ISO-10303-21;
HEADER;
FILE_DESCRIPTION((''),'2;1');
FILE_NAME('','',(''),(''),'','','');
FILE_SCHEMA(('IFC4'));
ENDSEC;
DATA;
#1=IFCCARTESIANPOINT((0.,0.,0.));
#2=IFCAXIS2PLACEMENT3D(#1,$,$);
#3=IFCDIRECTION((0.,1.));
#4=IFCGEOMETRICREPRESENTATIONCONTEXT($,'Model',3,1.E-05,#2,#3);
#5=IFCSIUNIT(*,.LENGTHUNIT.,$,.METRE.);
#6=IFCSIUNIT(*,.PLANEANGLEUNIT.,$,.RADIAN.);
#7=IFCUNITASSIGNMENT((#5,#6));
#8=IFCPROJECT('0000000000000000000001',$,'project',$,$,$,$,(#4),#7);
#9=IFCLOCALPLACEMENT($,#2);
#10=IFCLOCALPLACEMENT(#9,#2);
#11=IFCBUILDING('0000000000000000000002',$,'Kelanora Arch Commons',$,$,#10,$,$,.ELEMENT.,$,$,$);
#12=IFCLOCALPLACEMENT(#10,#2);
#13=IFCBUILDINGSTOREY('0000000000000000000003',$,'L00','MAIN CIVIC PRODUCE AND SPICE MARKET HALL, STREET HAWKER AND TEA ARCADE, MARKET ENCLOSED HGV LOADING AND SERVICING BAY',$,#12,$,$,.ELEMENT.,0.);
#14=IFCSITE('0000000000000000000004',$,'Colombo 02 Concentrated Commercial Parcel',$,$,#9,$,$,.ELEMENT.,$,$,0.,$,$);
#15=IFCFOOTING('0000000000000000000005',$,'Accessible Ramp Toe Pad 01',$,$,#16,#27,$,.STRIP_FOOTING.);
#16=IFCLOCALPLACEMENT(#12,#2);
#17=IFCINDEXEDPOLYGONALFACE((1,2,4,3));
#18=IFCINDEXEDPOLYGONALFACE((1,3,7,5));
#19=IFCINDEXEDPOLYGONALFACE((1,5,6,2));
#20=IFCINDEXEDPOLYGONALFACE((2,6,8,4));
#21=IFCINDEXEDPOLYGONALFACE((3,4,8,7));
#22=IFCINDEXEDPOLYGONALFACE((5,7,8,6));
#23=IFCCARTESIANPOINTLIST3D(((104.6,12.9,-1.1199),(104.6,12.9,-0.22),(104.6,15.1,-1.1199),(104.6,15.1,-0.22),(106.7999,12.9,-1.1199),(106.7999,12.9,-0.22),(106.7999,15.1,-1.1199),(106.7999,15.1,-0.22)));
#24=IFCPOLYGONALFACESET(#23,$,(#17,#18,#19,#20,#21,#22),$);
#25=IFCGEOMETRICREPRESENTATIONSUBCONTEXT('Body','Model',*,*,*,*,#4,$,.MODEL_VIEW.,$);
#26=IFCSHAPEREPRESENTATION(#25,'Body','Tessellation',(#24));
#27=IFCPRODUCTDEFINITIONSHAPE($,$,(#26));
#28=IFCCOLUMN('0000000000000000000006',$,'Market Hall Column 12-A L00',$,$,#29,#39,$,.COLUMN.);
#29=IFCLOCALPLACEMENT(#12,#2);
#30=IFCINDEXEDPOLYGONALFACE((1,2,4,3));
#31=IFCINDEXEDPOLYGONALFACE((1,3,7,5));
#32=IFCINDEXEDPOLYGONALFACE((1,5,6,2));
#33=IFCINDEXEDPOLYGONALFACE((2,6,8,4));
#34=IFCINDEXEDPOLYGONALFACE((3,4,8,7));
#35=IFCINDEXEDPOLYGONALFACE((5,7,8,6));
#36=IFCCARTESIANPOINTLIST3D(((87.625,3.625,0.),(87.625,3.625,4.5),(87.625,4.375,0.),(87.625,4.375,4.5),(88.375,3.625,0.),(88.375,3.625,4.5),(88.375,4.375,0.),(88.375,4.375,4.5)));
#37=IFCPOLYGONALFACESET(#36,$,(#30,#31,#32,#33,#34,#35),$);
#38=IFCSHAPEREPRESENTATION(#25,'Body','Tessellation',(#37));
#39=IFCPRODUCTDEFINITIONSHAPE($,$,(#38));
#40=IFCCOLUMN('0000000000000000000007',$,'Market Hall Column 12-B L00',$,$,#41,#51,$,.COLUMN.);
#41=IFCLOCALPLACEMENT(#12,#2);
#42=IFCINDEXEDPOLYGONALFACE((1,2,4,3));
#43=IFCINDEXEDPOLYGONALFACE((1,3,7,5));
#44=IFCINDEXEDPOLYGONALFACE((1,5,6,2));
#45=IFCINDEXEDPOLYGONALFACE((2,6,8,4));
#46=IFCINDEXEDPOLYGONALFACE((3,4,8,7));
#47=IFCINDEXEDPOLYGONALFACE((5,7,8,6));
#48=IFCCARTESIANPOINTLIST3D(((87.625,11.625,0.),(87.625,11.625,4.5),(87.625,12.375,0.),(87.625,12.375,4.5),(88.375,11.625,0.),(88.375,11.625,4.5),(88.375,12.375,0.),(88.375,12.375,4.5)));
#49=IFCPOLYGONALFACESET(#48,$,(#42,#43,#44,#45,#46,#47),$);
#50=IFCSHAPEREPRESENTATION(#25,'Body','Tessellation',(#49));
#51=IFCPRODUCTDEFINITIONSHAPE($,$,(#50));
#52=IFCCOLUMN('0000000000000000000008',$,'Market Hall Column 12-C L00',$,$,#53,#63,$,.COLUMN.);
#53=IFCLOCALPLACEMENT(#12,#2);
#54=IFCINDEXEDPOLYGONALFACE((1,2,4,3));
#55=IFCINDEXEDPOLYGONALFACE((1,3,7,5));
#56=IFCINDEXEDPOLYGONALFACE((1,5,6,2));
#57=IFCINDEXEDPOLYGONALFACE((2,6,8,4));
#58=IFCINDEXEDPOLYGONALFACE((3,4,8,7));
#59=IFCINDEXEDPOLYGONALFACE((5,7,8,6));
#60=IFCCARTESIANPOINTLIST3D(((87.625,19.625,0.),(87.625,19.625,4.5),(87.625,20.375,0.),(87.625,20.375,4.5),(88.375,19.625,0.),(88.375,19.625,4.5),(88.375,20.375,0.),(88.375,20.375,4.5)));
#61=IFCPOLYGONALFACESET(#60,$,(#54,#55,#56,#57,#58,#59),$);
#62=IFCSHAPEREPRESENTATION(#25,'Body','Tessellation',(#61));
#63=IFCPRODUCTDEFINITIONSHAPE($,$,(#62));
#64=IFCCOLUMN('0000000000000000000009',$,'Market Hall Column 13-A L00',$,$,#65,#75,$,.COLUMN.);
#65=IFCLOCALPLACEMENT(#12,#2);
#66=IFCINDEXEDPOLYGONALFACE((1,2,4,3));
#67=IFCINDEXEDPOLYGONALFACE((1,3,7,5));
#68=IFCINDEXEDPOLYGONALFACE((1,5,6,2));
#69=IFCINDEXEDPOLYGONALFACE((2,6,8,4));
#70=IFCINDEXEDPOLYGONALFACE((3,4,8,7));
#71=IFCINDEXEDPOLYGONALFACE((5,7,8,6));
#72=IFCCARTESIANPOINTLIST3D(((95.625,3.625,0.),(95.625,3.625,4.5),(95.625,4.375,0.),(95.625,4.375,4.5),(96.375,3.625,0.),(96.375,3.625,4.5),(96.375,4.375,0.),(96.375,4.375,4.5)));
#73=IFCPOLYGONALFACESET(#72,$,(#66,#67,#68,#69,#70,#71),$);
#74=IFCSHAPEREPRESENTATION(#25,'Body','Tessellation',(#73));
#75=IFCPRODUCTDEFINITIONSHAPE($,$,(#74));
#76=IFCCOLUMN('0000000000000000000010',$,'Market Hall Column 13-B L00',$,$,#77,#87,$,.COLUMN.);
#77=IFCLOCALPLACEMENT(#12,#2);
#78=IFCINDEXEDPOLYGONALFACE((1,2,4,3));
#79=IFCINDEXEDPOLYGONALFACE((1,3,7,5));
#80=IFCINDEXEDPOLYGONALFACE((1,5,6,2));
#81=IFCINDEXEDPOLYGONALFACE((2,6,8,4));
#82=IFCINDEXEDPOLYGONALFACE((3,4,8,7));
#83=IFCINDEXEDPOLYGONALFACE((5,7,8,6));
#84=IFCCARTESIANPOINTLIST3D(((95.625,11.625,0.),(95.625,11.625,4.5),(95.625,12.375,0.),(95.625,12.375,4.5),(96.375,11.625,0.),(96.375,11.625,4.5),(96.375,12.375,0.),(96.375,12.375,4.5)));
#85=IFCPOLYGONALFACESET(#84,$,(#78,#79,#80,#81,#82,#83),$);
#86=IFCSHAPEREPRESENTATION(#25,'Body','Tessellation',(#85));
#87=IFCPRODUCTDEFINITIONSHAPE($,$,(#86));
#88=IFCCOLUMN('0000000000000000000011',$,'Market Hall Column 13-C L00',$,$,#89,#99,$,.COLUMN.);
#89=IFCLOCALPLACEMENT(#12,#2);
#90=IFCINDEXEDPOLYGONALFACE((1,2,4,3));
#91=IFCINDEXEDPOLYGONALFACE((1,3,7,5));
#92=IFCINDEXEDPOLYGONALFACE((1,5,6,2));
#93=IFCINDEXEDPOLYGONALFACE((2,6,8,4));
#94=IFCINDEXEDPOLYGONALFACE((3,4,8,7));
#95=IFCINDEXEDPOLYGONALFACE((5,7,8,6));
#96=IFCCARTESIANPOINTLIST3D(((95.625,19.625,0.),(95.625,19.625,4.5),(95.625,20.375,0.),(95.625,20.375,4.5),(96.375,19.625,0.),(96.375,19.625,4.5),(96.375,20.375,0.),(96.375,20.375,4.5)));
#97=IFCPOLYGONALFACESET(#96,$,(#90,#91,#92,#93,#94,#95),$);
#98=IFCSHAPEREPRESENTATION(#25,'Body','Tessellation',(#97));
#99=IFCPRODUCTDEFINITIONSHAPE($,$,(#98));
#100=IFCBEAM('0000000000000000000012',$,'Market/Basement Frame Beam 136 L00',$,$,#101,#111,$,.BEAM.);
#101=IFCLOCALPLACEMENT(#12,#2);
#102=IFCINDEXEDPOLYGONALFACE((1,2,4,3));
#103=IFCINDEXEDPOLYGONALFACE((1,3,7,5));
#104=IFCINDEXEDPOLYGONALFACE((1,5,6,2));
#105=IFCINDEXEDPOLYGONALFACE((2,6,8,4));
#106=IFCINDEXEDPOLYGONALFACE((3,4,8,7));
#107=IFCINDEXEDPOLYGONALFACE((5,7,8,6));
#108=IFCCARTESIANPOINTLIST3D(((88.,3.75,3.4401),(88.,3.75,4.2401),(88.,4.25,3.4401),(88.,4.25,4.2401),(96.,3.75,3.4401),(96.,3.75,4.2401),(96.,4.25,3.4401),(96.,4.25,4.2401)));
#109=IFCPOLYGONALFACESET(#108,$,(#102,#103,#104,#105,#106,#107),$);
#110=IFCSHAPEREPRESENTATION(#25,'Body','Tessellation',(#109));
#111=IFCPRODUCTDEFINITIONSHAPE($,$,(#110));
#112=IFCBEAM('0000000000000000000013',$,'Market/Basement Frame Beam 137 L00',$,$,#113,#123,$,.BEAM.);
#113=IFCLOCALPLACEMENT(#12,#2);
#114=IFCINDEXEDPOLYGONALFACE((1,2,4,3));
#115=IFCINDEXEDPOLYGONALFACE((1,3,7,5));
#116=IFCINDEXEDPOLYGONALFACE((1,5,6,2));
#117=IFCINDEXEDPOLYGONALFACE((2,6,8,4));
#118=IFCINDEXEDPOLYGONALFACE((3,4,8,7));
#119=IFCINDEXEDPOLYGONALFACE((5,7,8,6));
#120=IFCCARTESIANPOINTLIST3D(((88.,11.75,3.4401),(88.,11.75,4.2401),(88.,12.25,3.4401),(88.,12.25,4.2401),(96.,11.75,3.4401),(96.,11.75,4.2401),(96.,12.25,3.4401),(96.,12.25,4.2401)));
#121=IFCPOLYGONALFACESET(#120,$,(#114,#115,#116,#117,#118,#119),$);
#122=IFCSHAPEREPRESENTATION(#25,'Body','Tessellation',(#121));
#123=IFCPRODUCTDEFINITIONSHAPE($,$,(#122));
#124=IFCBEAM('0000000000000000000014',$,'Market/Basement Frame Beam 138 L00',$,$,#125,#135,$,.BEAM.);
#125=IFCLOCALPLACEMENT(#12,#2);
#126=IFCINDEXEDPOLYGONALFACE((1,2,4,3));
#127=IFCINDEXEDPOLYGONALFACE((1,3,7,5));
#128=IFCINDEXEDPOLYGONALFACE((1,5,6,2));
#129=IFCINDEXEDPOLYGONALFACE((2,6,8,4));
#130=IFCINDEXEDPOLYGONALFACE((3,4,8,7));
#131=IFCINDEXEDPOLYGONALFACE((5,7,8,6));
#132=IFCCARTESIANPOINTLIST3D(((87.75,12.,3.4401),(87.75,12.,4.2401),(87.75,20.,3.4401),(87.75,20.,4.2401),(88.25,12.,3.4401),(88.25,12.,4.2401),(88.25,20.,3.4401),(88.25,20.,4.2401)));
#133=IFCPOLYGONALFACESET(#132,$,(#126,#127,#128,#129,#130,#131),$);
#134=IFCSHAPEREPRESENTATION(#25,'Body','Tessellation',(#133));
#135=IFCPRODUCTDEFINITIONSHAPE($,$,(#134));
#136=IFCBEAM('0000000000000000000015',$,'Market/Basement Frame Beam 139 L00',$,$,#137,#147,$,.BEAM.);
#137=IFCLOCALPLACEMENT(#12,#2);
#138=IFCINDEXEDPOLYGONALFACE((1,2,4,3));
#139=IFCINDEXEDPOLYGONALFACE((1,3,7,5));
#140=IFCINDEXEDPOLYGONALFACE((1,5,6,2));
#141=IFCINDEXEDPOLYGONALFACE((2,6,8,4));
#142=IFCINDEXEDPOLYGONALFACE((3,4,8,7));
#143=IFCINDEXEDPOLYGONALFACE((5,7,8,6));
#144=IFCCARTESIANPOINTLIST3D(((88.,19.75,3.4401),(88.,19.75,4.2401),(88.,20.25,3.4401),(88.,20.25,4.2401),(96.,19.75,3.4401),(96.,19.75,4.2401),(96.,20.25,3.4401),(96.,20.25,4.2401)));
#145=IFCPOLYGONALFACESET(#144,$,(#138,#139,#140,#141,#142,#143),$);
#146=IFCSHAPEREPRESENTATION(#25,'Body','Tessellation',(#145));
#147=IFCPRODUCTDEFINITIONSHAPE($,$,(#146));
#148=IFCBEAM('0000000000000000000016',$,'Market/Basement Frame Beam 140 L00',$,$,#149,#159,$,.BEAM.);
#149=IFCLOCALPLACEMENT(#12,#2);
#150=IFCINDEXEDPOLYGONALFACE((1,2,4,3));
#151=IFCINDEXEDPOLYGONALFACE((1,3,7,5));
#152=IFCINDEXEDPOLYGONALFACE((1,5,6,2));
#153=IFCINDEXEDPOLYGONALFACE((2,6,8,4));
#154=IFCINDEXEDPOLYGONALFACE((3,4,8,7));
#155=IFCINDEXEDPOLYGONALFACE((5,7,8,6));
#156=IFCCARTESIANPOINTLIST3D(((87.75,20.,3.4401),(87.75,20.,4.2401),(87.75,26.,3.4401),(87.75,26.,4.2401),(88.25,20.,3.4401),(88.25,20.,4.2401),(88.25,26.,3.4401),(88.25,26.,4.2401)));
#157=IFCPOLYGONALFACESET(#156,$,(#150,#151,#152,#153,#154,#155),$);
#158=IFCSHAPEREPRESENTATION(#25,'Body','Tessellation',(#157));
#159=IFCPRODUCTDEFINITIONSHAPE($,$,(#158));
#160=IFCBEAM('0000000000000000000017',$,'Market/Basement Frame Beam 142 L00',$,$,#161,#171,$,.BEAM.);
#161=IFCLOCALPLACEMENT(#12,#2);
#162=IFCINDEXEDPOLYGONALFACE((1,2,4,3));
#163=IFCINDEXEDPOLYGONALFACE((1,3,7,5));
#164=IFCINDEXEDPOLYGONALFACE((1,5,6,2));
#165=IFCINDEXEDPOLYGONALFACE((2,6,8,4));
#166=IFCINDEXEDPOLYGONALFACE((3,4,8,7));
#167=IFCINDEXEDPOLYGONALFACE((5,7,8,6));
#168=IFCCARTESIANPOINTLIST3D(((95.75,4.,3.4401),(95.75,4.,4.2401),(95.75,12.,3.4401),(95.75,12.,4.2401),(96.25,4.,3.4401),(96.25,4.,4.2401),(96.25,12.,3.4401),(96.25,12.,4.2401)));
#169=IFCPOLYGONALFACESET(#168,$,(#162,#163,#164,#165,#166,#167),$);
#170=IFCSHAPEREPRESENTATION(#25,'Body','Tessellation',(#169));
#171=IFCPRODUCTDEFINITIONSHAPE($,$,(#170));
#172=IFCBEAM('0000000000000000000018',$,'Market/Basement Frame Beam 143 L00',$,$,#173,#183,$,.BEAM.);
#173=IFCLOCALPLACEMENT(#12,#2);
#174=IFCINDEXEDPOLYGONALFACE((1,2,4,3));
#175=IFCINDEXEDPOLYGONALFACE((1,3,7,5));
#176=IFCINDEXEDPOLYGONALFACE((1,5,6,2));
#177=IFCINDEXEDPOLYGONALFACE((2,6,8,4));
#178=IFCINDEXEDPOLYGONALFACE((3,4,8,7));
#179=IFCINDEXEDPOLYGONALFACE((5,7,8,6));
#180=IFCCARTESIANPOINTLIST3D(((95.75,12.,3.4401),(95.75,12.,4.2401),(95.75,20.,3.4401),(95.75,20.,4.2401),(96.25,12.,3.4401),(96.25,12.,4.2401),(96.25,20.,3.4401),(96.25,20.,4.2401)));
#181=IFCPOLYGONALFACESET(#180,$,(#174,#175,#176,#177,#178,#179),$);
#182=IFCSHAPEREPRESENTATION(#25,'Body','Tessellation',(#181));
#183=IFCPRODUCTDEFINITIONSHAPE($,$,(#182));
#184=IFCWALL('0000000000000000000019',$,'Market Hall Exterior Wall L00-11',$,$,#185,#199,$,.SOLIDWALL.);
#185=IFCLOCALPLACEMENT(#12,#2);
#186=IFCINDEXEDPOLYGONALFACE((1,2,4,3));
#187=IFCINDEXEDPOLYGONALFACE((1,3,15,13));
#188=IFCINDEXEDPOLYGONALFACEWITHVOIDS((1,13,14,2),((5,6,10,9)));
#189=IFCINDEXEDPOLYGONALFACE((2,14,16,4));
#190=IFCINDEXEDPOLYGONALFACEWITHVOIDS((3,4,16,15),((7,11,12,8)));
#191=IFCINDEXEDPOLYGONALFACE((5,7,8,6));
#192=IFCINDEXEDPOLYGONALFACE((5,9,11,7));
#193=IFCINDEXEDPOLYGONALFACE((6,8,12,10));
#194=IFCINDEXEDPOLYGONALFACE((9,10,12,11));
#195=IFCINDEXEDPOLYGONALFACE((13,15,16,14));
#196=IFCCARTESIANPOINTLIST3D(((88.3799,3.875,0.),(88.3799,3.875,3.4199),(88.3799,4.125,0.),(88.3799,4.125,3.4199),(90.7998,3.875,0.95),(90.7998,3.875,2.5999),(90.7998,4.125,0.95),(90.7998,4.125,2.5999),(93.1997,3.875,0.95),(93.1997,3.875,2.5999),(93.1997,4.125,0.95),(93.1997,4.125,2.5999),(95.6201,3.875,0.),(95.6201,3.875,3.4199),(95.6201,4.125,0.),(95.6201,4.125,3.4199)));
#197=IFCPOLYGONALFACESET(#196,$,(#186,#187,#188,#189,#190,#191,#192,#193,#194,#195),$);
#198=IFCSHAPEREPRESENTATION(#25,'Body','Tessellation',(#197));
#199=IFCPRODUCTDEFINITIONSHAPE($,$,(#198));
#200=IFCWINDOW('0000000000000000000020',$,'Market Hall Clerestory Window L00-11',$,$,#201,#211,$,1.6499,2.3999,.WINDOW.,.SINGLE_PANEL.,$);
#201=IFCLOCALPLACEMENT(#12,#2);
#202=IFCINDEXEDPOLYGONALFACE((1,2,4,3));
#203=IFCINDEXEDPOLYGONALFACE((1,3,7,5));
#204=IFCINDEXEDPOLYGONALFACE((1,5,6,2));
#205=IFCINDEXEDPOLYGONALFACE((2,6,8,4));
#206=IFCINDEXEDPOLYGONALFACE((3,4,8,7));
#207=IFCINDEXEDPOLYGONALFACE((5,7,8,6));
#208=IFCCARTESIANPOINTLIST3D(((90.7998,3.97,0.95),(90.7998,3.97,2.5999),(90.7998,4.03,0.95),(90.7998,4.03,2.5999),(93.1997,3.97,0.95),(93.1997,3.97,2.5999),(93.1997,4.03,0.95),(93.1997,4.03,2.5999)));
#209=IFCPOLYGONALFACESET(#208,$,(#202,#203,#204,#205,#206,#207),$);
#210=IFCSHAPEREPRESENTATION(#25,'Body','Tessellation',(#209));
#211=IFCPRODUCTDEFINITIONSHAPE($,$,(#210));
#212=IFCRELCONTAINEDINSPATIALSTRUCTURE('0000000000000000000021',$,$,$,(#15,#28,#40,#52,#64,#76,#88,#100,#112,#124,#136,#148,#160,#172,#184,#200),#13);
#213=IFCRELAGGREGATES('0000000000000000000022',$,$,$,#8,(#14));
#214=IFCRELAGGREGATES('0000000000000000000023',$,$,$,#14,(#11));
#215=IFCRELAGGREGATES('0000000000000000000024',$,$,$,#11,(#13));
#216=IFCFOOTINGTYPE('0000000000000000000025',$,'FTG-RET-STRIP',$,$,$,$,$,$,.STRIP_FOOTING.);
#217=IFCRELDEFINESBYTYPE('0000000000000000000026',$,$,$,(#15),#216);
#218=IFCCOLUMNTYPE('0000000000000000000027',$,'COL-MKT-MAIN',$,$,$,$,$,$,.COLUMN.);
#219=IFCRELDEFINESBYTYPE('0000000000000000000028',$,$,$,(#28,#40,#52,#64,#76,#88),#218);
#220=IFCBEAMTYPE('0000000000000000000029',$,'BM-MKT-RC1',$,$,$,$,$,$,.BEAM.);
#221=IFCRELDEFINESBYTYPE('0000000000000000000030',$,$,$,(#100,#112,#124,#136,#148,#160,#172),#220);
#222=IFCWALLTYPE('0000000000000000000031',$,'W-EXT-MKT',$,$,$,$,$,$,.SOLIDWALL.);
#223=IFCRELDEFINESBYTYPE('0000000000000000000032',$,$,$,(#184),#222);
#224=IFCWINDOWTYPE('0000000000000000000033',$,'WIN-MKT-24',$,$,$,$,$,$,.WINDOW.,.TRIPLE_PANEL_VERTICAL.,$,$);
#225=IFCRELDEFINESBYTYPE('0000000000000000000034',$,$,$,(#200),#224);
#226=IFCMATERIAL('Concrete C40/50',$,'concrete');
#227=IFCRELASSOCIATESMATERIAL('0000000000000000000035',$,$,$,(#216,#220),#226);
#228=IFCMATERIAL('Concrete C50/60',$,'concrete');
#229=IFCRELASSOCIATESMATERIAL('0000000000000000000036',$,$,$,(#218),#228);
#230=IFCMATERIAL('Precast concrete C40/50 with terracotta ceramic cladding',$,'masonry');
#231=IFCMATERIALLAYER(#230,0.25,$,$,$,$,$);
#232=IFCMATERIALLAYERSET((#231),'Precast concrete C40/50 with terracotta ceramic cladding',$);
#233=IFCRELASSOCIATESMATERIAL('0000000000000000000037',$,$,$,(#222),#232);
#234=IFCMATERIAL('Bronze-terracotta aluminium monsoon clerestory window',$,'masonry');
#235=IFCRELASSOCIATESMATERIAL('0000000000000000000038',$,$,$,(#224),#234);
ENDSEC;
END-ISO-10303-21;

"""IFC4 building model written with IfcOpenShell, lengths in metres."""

from ifc_helpers import new_model, si_unit, direction, frame, frame_2d, origin, origin_2d, place, context, subcontext, project, spatial, rectangle, extrude, source, transform, mapped, material, layer, layer_set, material_profile, profile_set, type_object, element, fill, save


model = new_model("IFC4")

# Units and contexts
model_context = context("Model", 3, precision=1e-05, world=origin(), true_north=direction((0.0, 1.0)))
body_context = subcontext(model_context, "Body", "Model", "MODEL_VIEW")
ifc_project = project(units=[si_unit("LENGTHUNIT", "METRE"), si_unit("PLANEANGLEUNIT", "RADIAN")], contexts=[model_context])

# Site, building, storey
site_placement = place(None, origin())
site = spatial("IfcSite", under=ifc_project, at=site_placement, Name="Colombo 02 Concentrated Commercial Parcel", CompositionType="ELEMENT", RefElevation=0.0)
building_placement = place(site_placement, origin())
building = spatial("IfcBuilding", under=site, at=building_placement, Name="Kelanora Arch Commons", CompositionType="ELEMENT")
storey_placement = place(building_placement, origin())
storey = spatial("IfcBuildingStorey", under=building, at=storey_placement, Name="L00", Description="MAIN CIVIC PRODUCE AND SPICE MARKET HALL, STREET HAWKER AND TEA ARCADE, MARKET ENCLOSED HGV LOADING AND SERVICING BAY", CompositionType="ELEMENT", Elevation=0.0)

# Footing
ifc_material_1 = material(Name="Concrete C40/50", Category="concrete")
footing_type = type_object("IfcFootingType", Name="FTG-RET-STRIP", PredefinedType="STRIP_FOOTING", material=ifc_material_1)
shared_shape = source(origin(), body_context, "Body", "SweptSolid", [
    extrude(rectangle(XDim=2.2, YDim=2.2, at=origin_2d()), origin(), (0.0, 0.0, 1.0), 0.8999),
])
footing_placement = place(storey_placement, frame((105.7, 14.0, -1.1199), z_axis=(0.0, 0.0, 1.0), x_axis=(1.0, 0.0, 0.0)))
element("IfcFooting", 1, at=footing_placement, inside=storey, type_object=footing_type, Name="Accessible Ramp Toe Pad 01", PredefinedType="STRIP_FOOTING", context=body_context, shape_type="MappedRepresentation", body=[
    mapped(shared_shape, transform((0.0, 0.0, 0.0), scale=1.0)),
])

# Columns
ifc_material_2 = material(Name="Concrete C50/60", Category="concrete")
ifc_material_profile_1 = material_profile(ifc_material_2, rectangle(XDim=0.75, YDim=0.75, at=origin_2d()), Name="RC750x750")
ifc_profile_set_1 = profile_set([ifc_material_profile_1], Name="Concrete C50/60")
column_type = type_object("IfcColumnType", Name="COL-MKT-MAIN", PredefinedType="COLUMN", material=ifc_profile_set_1)
for number, where, z_axis, x_axis, name in (
    (2, (88.0, 4.0, 0.0), (0.0, 0.0, 1.0), (1.0, 0.0, 0.0), "Market Hall Column 12-A L00"),
    (3, (88.0, 12.0, 0.0), (0.0, 0.0, 1.0), (1.0, 0.0, 0.0), "Market Hall Column 12-B L00"),
    (4, (88.0, 20.0, 0.0), (0.0, 0.0, 1.0), (1.0, 0.0, 0.0), "Market Hall Column 12-C L00"),
    (5, (96.0, 4.0, 0.0), (0.0, 0.0, 1.0), (1.0, 0.0, 0.0), "Market Hall Column 13-A L00"),
    (6, (96.0, 12.0, 0.0), (0.0, 0.0, 1.0), (1.0, 0.0, 0.0), "Market Hall Column 13-B L00"),
    (7, (96.0, 20.0, 0.0), (0.0, 0.0, 1.0), (1.0, 0.0, 0.0), "Market Hall Column 13-C L00"),
):
    element("IfcColumn", number, at=place(storey_placement, frame(where, z_axis=z_axis, x_axis=x_axis)), inside=storey, type_object=column_type, Name=name, PredefinedType="COLUMN", context=body_context, shape_type="SweptSolid", body=[
        extrude(rectangle(XDim=0.75, YDim=0.75, at=origin_2d()), origin(), (0.0, 0.0, 1.0), 4.5),
    ])

# Beams
ifc_material_profile_2 = material_profile(ifc_material_1, rectangle(XDim=0.5, YDim=0.8, at=origin_2d()), Name="RCB500x800")
ifc_profile_set_2 = profile_set([ifc_material_profile_2], Name="Concrete C40/50")
beam_type = type_object("IfcBeamType", Name="BM-MKT-RC1", PredefinedType="BEAM", material=ifc_profile_set_2)
for number, where, z_axis, x_axis, name in (
    (8, (88.0, 4.0, 3.8401), (1.0, 0.0, 0.0), (0.0, 1.0, 0.0), "Market/Basement Frame Beam 136 L00"),
    (9, (88.0, 12.0, 3.8401), (1.0, 0.0, 0.0), (0.0, 1.0, 0.0), "Market/Basement Frame Beam 137 L00"),
    (10, (88.0, 12.0, 3.8401), (0.0, 1.0, 0.0), (-1.0, 0.0, 0.0), "Market/Basement Frame Beam 138 L00"),
    (11, (88.0, 20.0, 3.8401), (1.0, 0.0, 0.0), (0.0, 1.0, 0.0), "Market/Basement Frame Beam 139 L00"),
):
    element("IfcBeam", number, at=place(storey_placement, frame(where, z_axis=z_axis, x_axis=x_axis)), inside=storey, type_object=beam_type, Name=name, PredefinedType="BEAM", context=body_context, shape_type="SweptSolid", body=[
        extrude(rectangle(XDim=0.5, YDim=0.8, at=origin_2d()), origin(), (0.0, 0.0, 1.0), 8.0),
    ])
beam_placement = place(storey_placement, frame((88.0, 20.0, 3.8401), z_axis=(0.0, 1.0, 0.0), x_axis=(-1.0, 0.0, 0.0)))
element("IfcBeam", 12, at=beam_placement, inside=storey, type_object=beam_type, Name="Market/Basement Frame Beam 140 L00", PredefinedType="BEAM", context=body_context, shape_type="SweptSolid", body=[
    extrude(rectangle(XDim=0.5, YDim=0.8, at=origin_2d()), origin(), (0.0, 0.0, 1.0), 6.0),
])
for number, where, z_axis, x_axis, name in (
    (13, (96.0, 4.0, 3.8401), (0.0, 1.0, 0.0), (-1.0, 0.0, 0.0), "Market/Basement Frame Beam 142 L00"),
    (14, (96.0, 12.0, 3.8401), (0.0, 1.0, 0.0), (-1.0, 0.0, 0.0), "Market/Basement Frame Beam 143 L00"),
):
    element("IfcBeam", number, at=place(storey_placement, frame(where, z_axis=z_axis, x_axis=x_axis)), inside=storey, type_object=beam_type, Name=name, PredefinedType="BEAM", context=body_context, shape_type="SweptSolid", body=[
        extrude(rectangle(XDim=0.5, YDim=0.8, at=origin_2d()), origin(), (0.0, 0.0, 1.0), 8.0),
    ])

# Wall, opening, window
ifc_material_3 = material(Name="Precast concrete C40/50 with terracotta ceramic cladding", Category="masonry")
ifc_layer_1 = layer(ifc_material_3, 0.25)
ifc_layer_set_1 = layer_set([ifc_layer_1], Name="Precast concrete C40/50 with terracotta ceramic cladding")
wall_type_1 = type_object("IfcWallType", Name="W-EXT-MKT", PredefinedType="SOLIDWALL", material=ifc_layer_set_1)
wall_1_placement = place(storey_placement, frame((88.3799, 4.0, 0.0), z_axis=(0.0, 0.0, 1.0), x_axis=(1.0, 0.0, 0.0)))
wall_1 = element("IfcWall", 15, at=wall_1_placement, inside=storey, type_object=wall_type_1, Name="Market Hall Exterior Wall L00-11", PredefinedType="SOLIDWALL", context=body_context, shape_type="SweptSolid", body=[
    extrude(rectangle(XDim=7.2402, YDim=0.25, at=frame_2d((3.6201, 0.0))), origin(), (0.0, 0.0, 1.0), 3.4199),
])
opening_1_placement = place(wall_1_placement, frame((2.4199, 0.0, 0.95)))
opening_1 = element("IfcOpeningElement", 16, at=opening_1_placement, cuts=wall_1, PredefinedType="OPENING", context=body_context, shape_type="SweptSolid", body=[
    extrude(rectangle(XDim=2.3999, YDim=1.6499, at=frame_2d((1.2, 0.825))), frame((0.0, 0.135, 0.0), z_axis=(0.0, -1.0, 0.0), x_axis=(1.0, 0.0, 0.0)), (0.0, 0.0, 1.0), 0.27),
])
ifc_material_4 = material(Name="Bronze-terracotta aluminium monsoon clerestory window", Category="masonry")
window_type = type_object("IfcWindowType", Name="WIN-MKT-24", PartitioningType="TRIPLE_PANEL_VERTICAL", PredefinedType="WINDOW", material=ifc_material_4)
window_1_placement = place(opening_1_placement, origin())
window_1 = element("IfcWindow", 17, at=window_1_placement, inside=storey, type_object=window_type, Name="Market Hall Clerestory Window L00-11", OverallHeight=1.6499, OverallWidth=2.3999, PartitioningType="SINGLE_PANEL", PredefinedType="WINDOW", context=body_context, shape_type="SweptSolid", body=[
    extrude(rectangle(XDim=2.3999, YDim=1.6499, at=frame_2d((1.2, 0.825))), frame((0.0, 0.03, 0.0), z_axis=(0.0, -1.0, 0.0), x_axis=(1.0, 0.0, 0.0)), (0.0, 0.0, 1.0), 0.0601),
])
fill(opening_1, window_1)

save(model, "model.ifc")
